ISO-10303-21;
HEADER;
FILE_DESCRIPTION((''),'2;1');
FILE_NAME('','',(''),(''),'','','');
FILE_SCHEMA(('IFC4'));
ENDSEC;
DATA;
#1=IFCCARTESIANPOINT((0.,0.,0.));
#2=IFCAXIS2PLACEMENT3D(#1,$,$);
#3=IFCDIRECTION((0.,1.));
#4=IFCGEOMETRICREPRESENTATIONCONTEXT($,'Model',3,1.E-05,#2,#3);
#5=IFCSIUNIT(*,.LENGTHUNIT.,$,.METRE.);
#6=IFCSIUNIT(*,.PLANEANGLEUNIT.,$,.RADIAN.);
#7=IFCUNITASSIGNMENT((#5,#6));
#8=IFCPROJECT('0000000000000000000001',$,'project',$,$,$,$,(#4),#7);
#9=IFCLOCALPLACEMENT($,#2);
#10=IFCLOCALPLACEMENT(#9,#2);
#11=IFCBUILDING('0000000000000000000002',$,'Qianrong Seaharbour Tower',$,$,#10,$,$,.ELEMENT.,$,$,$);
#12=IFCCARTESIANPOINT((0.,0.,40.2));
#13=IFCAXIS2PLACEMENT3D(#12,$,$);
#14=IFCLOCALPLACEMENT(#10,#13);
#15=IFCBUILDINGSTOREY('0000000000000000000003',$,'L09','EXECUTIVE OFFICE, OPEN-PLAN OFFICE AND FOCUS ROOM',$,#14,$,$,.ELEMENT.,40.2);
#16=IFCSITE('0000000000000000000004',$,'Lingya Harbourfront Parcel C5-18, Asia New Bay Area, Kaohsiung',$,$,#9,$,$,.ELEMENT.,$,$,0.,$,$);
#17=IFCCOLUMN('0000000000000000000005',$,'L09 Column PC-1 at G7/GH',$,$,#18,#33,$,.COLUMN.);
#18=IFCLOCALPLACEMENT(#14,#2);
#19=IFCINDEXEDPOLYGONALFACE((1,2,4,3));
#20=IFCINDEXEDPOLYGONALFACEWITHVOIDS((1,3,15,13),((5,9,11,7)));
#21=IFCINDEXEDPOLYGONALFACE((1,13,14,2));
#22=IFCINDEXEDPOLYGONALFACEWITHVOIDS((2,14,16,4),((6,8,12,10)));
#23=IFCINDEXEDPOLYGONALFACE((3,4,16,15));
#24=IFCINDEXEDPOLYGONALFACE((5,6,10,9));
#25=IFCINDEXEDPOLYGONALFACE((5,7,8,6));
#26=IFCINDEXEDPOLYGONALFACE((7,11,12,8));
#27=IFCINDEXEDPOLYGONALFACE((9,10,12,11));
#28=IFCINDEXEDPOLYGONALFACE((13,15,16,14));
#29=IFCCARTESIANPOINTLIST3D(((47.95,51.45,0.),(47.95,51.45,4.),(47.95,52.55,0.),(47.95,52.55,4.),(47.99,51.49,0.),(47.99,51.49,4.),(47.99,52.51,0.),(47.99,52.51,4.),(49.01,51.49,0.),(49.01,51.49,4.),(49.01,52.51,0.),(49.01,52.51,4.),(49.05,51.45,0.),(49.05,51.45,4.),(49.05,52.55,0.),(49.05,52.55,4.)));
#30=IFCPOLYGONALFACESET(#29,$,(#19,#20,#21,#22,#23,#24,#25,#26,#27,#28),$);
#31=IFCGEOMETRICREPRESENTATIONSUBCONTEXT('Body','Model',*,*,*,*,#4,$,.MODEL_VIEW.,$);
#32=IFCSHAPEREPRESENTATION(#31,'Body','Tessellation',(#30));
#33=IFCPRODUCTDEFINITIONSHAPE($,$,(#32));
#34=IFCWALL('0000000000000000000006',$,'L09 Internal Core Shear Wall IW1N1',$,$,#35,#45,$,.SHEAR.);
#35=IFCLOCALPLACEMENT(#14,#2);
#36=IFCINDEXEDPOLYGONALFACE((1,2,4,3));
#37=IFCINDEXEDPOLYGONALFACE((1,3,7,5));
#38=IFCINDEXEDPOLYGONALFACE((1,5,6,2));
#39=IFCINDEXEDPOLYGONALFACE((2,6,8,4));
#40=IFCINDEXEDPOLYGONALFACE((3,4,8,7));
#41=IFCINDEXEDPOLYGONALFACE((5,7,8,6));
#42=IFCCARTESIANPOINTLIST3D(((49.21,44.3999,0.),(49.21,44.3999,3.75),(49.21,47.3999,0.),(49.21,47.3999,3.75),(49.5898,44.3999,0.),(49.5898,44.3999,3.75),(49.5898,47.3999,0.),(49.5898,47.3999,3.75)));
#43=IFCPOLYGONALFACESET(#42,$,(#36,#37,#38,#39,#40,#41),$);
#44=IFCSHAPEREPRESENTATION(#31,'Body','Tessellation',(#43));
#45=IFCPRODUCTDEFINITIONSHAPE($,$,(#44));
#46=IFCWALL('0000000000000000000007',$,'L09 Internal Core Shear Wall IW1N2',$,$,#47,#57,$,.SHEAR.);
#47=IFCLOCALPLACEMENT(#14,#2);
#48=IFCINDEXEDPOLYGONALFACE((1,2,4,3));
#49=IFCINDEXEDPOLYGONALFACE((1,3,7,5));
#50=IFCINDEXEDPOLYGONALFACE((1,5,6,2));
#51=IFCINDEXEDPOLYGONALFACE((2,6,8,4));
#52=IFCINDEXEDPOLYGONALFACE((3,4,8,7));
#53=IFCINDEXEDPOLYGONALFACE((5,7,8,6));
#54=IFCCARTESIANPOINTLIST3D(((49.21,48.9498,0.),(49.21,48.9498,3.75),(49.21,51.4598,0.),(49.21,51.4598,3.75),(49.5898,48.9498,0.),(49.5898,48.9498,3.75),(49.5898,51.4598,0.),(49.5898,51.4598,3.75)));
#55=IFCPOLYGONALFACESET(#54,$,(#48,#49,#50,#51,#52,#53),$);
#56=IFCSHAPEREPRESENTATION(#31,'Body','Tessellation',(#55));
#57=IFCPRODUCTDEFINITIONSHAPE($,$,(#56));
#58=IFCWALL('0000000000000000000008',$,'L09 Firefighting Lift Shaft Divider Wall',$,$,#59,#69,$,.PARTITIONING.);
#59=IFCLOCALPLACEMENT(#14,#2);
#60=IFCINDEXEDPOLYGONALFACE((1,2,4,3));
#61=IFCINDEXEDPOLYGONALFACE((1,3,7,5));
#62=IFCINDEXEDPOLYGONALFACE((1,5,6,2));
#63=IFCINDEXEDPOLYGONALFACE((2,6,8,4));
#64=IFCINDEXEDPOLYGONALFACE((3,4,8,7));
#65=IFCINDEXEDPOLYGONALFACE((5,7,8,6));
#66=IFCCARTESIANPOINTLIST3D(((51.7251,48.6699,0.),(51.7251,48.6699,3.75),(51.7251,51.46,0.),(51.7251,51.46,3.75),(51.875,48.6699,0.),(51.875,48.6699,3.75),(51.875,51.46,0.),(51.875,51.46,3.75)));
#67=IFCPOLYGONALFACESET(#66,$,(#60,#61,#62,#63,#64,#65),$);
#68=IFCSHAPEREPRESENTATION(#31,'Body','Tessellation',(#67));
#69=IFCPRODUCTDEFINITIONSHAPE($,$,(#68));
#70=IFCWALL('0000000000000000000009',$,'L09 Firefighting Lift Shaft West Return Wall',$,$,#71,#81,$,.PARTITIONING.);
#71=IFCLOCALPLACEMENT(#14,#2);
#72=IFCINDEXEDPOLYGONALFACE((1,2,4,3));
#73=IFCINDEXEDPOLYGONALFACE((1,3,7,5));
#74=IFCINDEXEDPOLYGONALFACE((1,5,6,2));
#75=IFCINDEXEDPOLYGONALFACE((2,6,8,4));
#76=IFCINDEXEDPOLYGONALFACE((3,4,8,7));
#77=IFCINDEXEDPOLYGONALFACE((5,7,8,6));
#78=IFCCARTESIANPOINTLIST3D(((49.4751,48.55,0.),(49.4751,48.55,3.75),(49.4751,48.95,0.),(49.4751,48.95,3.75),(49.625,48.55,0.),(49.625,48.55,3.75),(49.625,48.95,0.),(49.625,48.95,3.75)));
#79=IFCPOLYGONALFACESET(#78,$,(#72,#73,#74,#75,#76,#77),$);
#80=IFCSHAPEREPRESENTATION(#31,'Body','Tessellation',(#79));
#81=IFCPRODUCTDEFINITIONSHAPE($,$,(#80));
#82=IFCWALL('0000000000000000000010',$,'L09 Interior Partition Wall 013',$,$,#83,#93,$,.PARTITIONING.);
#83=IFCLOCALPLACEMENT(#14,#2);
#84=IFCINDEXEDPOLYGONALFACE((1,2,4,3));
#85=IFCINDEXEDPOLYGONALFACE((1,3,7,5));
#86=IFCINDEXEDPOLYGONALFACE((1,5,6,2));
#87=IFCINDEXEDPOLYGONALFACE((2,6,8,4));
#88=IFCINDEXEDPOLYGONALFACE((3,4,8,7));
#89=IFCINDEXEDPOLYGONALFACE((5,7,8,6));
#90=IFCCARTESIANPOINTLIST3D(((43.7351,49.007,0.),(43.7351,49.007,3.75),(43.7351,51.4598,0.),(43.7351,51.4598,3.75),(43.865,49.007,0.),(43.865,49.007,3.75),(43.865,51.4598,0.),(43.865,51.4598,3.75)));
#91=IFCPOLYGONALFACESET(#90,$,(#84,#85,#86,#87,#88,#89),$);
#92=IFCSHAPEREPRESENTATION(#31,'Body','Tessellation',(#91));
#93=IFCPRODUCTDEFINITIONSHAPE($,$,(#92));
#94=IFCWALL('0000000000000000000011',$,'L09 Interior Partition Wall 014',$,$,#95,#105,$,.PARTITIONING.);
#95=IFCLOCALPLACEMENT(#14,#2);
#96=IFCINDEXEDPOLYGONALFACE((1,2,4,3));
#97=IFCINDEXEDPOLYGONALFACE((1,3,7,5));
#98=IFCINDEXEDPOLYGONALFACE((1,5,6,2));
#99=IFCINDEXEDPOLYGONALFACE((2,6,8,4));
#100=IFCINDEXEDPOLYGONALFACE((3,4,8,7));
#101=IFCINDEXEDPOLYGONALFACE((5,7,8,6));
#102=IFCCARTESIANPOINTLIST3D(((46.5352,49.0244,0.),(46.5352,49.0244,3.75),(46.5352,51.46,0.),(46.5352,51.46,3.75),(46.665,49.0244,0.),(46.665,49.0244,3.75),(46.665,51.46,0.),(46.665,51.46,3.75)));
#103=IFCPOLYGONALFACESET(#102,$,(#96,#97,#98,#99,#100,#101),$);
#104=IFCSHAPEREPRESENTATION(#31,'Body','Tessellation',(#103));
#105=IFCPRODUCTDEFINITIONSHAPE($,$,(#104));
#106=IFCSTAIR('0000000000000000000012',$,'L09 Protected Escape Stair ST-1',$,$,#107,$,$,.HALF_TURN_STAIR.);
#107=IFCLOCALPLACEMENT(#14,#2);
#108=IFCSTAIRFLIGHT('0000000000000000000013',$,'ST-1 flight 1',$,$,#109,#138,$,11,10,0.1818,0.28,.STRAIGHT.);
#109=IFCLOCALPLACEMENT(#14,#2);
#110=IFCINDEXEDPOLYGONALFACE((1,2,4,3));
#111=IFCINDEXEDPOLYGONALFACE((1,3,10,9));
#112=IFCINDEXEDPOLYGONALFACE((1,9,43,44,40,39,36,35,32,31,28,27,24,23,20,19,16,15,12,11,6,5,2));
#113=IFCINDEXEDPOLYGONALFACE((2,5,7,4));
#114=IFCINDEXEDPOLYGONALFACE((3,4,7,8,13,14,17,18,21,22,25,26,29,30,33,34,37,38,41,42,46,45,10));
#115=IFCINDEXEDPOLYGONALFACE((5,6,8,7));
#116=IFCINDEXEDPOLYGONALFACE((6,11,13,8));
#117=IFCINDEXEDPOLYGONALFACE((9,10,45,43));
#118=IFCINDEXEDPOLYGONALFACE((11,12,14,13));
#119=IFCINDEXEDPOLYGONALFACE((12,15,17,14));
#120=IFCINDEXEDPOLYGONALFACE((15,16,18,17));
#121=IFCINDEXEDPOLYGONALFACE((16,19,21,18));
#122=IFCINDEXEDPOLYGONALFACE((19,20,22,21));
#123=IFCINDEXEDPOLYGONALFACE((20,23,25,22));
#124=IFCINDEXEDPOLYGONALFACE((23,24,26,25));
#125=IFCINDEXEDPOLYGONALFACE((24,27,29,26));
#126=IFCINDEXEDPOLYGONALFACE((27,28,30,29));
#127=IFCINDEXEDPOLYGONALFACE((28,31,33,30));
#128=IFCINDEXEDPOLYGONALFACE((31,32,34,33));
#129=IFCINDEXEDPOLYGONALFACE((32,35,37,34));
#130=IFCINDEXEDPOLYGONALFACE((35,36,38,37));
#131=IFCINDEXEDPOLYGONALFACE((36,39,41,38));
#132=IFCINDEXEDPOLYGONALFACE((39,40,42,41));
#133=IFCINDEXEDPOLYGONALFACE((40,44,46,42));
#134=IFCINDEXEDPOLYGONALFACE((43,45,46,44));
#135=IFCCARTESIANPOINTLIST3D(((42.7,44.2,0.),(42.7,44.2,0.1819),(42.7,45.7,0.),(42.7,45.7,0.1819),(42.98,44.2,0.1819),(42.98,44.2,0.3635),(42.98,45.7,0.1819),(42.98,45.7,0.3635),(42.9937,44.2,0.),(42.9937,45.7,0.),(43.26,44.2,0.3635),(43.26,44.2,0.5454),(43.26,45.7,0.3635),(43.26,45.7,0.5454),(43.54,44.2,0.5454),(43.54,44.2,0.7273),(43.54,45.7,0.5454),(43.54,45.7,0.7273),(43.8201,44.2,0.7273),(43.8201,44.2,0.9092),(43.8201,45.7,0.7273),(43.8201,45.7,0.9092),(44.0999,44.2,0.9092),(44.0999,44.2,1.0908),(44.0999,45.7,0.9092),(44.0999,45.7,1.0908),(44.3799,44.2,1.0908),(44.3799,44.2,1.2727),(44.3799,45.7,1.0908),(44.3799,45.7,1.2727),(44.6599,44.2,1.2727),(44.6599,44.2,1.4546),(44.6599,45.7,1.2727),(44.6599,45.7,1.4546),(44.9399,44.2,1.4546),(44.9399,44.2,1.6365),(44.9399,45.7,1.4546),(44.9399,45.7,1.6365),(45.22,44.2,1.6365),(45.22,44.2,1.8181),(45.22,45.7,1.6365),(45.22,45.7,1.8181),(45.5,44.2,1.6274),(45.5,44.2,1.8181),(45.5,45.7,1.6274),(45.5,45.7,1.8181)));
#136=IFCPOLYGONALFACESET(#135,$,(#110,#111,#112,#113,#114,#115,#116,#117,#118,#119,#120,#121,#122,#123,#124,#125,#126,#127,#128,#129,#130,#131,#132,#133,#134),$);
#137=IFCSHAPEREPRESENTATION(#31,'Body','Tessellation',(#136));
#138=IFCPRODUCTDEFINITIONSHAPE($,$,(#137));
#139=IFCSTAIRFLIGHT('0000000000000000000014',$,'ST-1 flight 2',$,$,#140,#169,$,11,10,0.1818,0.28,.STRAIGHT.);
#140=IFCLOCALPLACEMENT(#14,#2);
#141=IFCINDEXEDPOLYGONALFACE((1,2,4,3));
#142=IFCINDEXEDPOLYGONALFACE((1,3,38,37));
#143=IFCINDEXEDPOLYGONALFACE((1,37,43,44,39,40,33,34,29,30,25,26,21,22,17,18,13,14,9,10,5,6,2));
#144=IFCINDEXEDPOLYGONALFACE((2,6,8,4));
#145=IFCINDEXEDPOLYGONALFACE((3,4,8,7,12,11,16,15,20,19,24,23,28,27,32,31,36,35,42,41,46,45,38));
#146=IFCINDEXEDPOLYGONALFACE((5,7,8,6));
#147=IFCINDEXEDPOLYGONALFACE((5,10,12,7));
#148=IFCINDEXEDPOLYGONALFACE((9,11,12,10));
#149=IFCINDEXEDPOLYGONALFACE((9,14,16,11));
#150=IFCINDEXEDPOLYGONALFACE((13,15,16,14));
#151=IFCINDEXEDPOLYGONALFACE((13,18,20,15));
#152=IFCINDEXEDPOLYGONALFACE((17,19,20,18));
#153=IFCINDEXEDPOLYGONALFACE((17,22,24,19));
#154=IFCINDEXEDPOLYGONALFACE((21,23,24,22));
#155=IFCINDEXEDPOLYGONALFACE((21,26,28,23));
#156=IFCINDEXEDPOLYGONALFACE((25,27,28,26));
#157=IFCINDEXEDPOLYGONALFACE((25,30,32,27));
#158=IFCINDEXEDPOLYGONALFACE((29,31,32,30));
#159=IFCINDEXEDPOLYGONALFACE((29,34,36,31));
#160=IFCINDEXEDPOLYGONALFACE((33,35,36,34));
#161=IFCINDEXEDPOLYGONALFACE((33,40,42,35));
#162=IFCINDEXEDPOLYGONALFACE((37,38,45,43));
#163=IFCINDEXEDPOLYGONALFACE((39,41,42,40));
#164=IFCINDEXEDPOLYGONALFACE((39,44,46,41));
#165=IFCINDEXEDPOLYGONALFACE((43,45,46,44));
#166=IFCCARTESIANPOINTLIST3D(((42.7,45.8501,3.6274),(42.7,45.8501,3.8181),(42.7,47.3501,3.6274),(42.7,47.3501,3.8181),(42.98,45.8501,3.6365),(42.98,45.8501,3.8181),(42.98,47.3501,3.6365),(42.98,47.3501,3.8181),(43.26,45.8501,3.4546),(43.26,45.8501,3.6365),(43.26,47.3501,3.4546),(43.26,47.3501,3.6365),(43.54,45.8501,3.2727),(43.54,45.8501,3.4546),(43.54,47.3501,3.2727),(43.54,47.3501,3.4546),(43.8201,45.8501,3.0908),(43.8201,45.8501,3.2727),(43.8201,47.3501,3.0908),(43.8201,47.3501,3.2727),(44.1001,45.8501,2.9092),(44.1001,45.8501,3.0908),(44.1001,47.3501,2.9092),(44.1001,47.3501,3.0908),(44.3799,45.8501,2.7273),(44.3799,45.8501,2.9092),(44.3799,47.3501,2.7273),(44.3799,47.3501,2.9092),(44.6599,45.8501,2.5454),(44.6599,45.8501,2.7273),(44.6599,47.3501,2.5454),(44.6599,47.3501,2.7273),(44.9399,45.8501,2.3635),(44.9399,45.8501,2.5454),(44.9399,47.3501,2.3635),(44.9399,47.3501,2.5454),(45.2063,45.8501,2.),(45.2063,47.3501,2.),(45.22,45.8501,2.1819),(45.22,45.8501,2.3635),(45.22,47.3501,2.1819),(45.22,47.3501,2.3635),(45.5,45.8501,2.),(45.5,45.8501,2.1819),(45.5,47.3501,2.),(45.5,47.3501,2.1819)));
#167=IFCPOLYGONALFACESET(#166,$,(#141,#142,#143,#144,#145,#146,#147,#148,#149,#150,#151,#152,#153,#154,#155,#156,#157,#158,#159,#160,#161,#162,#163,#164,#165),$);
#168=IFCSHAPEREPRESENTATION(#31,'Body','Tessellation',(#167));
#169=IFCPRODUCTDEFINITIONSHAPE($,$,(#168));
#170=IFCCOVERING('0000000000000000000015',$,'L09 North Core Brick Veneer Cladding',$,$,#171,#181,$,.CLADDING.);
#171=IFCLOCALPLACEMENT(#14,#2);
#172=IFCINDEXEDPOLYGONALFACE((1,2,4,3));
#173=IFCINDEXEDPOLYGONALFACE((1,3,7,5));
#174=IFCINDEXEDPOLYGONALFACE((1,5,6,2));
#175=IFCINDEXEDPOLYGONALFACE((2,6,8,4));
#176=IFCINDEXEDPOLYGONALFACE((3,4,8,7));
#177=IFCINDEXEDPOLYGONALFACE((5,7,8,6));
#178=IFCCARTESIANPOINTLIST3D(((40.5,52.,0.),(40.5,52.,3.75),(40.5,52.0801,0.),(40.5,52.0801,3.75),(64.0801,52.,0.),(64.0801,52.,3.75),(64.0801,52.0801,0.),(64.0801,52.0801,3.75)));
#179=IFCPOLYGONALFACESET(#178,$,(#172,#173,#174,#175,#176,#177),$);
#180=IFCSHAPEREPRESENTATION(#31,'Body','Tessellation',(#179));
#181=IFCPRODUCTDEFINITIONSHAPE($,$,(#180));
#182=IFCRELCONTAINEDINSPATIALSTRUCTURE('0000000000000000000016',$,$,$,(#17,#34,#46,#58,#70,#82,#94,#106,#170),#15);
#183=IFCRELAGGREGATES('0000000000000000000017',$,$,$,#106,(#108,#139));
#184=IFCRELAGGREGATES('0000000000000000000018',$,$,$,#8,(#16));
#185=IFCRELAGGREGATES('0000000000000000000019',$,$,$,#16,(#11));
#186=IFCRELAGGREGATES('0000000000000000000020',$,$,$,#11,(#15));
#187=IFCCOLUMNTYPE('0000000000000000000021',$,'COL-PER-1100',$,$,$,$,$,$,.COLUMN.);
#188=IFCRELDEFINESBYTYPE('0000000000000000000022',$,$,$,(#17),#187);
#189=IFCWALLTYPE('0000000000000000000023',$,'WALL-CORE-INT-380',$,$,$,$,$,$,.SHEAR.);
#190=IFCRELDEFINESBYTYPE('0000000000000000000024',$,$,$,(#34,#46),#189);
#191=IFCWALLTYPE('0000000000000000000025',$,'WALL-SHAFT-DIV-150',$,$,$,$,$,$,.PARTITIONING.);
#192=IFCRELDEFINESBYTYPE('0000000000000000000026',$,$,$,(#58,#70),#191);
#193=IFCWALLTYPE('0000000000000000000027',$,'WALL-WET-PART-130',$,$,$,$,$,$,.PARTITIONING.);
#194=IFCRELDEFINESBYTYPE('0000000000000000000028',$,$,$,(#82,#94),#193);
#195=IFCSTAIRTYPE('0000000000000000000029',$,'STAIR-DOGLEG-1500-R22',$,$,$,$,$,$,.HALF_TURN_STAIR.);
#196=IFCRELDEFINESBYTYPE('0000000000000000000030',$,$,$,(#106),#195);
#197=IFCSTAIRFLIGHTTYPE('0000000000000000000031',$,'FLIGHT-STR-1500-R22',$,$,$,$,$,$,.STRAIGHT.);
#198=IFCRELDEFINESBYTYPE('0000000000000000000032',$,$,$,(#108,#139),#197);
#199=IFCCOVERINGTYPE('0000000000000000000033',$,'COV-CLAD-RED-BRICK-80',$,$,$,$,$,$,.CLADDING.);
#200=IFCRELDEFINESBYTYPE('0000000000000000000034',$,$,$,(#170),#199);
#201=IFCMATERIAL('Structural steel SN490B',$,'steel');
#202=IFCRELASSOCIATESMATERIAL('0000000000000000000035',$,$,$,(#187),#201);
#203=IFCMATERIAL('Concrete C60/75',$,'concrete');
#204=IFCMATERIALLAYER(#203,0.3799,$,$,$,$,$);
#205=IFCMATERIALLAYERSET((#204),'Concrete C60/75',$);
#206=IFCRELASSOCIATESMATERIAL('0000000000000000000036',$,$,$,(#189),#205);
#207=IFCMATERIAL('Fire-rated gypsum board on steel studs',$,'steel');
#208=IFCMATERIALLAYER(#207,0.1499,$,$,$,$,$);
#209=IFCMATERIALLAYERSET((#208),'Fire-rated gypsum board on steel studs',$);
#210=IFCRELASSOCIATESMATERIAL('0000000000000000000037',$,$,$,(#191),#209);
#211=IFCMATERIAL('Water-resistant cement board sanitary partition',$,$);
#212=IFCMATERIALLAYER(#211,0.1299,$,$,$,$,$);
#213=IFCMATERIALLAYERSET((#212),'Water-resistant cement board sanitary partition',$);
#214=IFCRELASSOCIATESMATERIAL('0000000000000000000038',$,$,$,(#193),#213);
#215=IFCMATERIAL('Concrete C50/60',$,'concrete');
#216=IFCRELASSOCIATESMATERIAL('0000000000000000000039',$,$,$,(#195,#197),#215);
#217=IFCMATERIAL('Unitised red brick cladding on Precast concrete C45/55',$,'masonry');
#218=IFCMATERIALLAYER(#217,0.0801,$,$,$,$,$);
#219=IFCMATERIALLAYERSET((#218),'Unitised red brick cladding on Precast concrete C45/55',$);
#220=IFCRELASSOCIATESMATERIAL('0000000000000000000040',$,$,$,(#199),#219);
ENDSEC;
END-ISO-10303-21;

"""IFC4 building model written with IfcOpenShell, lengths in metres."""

from ifc_helpers import new_model, si_unit, direction, frame, frame_2d, origin, origin_2d, place, context, subcontext, project, spatial, polyline, rectangle, hollow_rectangle, outline, extrude, material, layer, layer_set, material_profile, profile_set, type_object, element, aggregate, save


model = new_model("IFC4")

# Units and contexts
model_context = context("Model", 3, precision=1e-05, world=origin(), true_north=direction((0.0, 1.0)))
body_context = subcontext(model_context, "Body", "Model", "MODEL_VIEW")
ifc_project = project(units=[si_unit("LENGTHUNIT", "METRE"), si_unit("PLANEANGLEUNIT", "RADIAN")], contexts=[model_context])

# Site, building, storey
site_placement = place(None, origin())
site = spatial("IfcSite", under=ifc_project, at=site_placement, Name="Lingya Harbourfront Parcel C5-18, Asia New Bay Area, Kaohsiung", CompositionType="ELEMENT", RefElevation=0.0)
building_placement = place(site_placement, origin())
building = spatial("IfcBuilding", under=site, at=building_placement, Name="Qianrong Seaharbour Tower", CompositionType="ELEMENT")
storey_placement = place(building_placement, frame((0.0, 0.0, 40.2)))
storey = spatial("IfcBuildingStorey", under=building, at=storey_placement, Name="L09", Description="EXECUTIVE OFFICE, OPEN-PLAN OFFICE AND FOCUS ROOM", CompositionType="ELEMENT", Elevation=40.2)

# Column
ifc_material_1 = material(Name="Structural steel SN490B", Category="steel")
ifc_material_profile = material_profile(ifc_material_1, hollow_rectangle(XDim=1.1001, YDim=1.1001, WallThickness=0.04, at=origin_2d()), Name="BOX1100x1100x40")
ifc_profile_set = profile_set([ifc_material_profile], Name="Structural steel SN490B")
column_type = type_object("IfcColumnType", Name="COL-PER-1100", PredefinedType="COLUMN", material=ifc_profile_set)
column_placement = place(storey_placement, frame((48.5, 52.0, 0.0), z_axis=(0.0, 0.0, 1.0), x_axis=(1.0, 0.0, 0.0)))
element("IfcColumn", 1, at=column_placement, inside=storey, type_object=column_type, Name="L09 Column PC-1 at G7/GH", PredefinedType="COLUMN", context=body_context, shape_type="SweptSolid", body=[
    extrude(hollow_rectangle(XDim=1.1001, YDim=1.1001, WallThickness=0.04, at=origin_2d()), origin(), (0.0, 0.0, 1.0), 4.0),
])

# Walls
ifc_material_2 = material(Name="Concrete C60/75", Category="concrete")
ifc_layer_1 = layer(ifc_material_2, 0.3799)
ifc_layer_set_1 = layer_set([ifc_layer_1], Name="Concrete C60/75")
wall_type_1 = type_object("IfcWallType", Name="WALL-CORE-INT-380", PredefinedType="SHEAR", material=ifc_layer_set_1)
wall_1_placement = place(storey_placement, frame((49.3999, 44.3999, 0.0), z_axis=(0.0, 0.0, 1.0), x_axis=(0.0, 1.0, 0.0)))
element("IfcWall", 2, at=wall_1_placement, inside=storey, type_object=wall_type_1, Name="L09 Internal Core Shear Wall IW1N1", PredefinedType="SHEAR", context=body_context, shape_type="SweptSolid", body=[
    extrude(rectangle(XDim=3.0, YDim=0.3799, at=frame_2d((1.5, 0.0))), origin(), (0.0, 0.0, 1.0), 3.75),
])
wall_2_placement = place(storey_placement, frame((49.3999, 48.95, 0.0), z_axis=(0.0, 0.0, 1.0), x_axis=(0.0, 1.0, 0.0)))
element("IfcWall", 3, at=wall_2_placement, inside=storey, type_object=wall_type_1, Name="L09 Internal Core Shear Wall IW1N2", PredefinedType="SHEAR", context=body_context, shape_type="SweptSolid", body=[
    extrude(rectangle(XDim=2.51, YDim=0.3799, at=frame_2d((1.2549, 0.0))), origin(), (0.0, 0.0, 1.0), 3.75),
])

# Walls
ifc_material_3 = material(Name="Fire-rated gypsum board on steel studs", Category="steel")
ifc_layer_2 = layer(ifc_material_3, 0.1499)
ifc_layer_set_2 = layer_set([ifc_layer_2], Name="Fire-rated gypsum board on steel studs")
wall_type_2 = type_object("IfcWallType", Name="WALL-SHAFT-DIV-150", PredefinedType="PARTITIONING", material=ifc_layer_set_2)
wall_3_placement = place(storey_placement, frame((51.8, 48.6699, 0.0), z_axis=(0.0, 0.0, 1.0), x_axis=(0.0, 1.0, 0.0)))
element("IfcWall", 4, at=wall_3_placement, inside=storey, type_object=wall_type_2, Name="L09 Firefighting Lift Shaft Divider Wall", PredefinedType="PARTITIONING", context=body_context, shape_type="SweptSolid", body=[
    extrude(rectangle(XDim=2.79, YDim=0.1499, at=frame_2d((1.395, 0.0))), origin(), (0.0, 0.0, 1.0), 3.75),
])
wall_4_placement = place(storey_placement, frame((49.55, 48.55, 0.0), z_axis=(0.0, 0.0, 1.0), x_axis=(0.0, 1.0, 0.0)))
element("IfcWall", 5, at=wall_4_placement, inside=storey, type_object=wall_type_2, Name="L09 Firefighting Lift Shaft West Return Wall", PredefinedType="PARTITIONING", context=body_context, shape_type="SweptSolid", body=[
    extrude(rectangle(XDim=0.3999, YDim=0.1499, at=frame_2d((0.2, 0.0))), origin(), (0.0, 0.0, 1.0), 3.75),
])

# Shared definitions
ifc_material_4 = material(Name="Water-resistant cement board sanitary partition")
ifc_layer_3 = layer(ifc_material_4, 0.1299)
ifc_layer_set_3 = layer_set([ifc_layer_3], Name="Water-resistant cement board sanitary partition")
wall_type_3 = type_object("IfcWallType", Name="WALL-WET-PART-130", PredefinedType="PARTITIONING", material=ifc_layer_set_3)

# Walls
wall_5_placement = place(storey_placement, frame((43.8, 51.46, 0.0), z_axis=(0.0, 0.0, 1.0), x_axis=(0.0, -1.0, 0.0)))
element("IfcWall", 6, at=wall_5_placement, inside=storey, type_object=wall_type_3, Name="L09 Interior Partition Wall 013", PredefinedType="PARTITIONING", context=body_context, shape_type="SweptSolid", body=[
    extrude(rectangle(XDim=2.4529, YDim=0.1299, at=frame_2d((1.2266, 0.0))), origin(), (0.0, 0.0, 1.0), 3.75),
])
wall_6_placement = place(storey_placement, frame((46.6001, 51.46, 0.0), z_axis=(0.0, 0.0, 1.0), x_axis=(0.0, -1.0, 0.0)))
element("IfcWall", 7, at=wall_6_placement, inside=storey, type_object=wall_type_3, Name="L09 Interior Partition Wall 014", PredefinedType="PARTITIONING", context=body_context, shape_type="SweptSolid", body=[
    extrude(rectangle(XDim=2.4355, YDim=0.1299, at=frame_2d((1.2178, 0.0))), origin(), (0.0, 0.0, 1.0), 3.75),
])

# Stair, stair flights
ifc_material_5 = material(Name="Concrete C50/60", Category="concrete")
stair_type = type_object("IfcStairType", Name="STAIR-DOGLEG-1500-R22", PredefinedType="HALF_TURN_STAIR", material=ifc_material_5)
stair_placement = place(storey_placement, origin())
stair = element("IfcStair", 8, at=stair_placement, inside=storey, type_object=stair_type, Name="L09 Protected Escape Stair ST-1", PredefinedType="HALF_TURN_STAIR")
stair_flight_type = type_object("IfcStairFlightType", Name="FLIGHT-STR-1500-R22", PredefinedType="STRAIGHT", material=ifc_material_5)
stair_flight_1_placement = place(storey_placement, frame((42.7, 44.95, 0.0), z_axis=(0.0, 0.0, 1.0), x_axis=(1.0, 0.0, 0.0)))
stair_flight_1 = element("IfcStairFlight", 9, at=stair_flight_1_placement, type_object=stair_flight_type, Name="ST-1 flight 1", NumberOfRisers=11, NumberOfTreads=10, PredefinedType="STRAIGHT", RiserHeight=0.1818, TreadLength=0.28, context=body_context, shape_type="SweptSolid", body=[
    extrude(outline(polyline([(0.0, 0.0), (0.0, 0.1819), (0.28, 0.1819), (0.28, 0.3635), (0.5601, 0.3635), (0.5601, 0.5454), (0.8401, 0.5454), (0.8401, 0.7273), (1.1201, 0.7273), (1.1201, 0.9092), (1.3999, 0.9092), (1.3999, 1.0908), (1.6799, 1.0908), (1.6799, 1.2727), (1.96, 1.2727), (1.96, 1.4546), (2.24, 1.4546), (2.24, 1.6365), (2.52, 1.6365), (2.52, 1.8181), (2.8, 1.8181), (2.8, 2.0), (2.8, 1.6274), (0.2937, 0.0), (0.0, 0.0)])), frame((0.0, 0.75, 0.0), z_axis=(0.0, -1.0, 0.0), x_axis=(1.0, 0.0, 0.0)), (0.0, 0.0, 1.0), 1.5),
])
stair_flight_2_placement = place(storey_placement, frame((45.5, 46.6001, 2.0), z_axis=(0.0, 0.0, 1.0), x_axis=(-1.0, 0.0, 0.0)))
stair_flight_2 = element("IfcStairFlight", 10, at=stair_flight_2_placement, type_object=stair_flight_type, Name="ST-1 flight 2", NumberOfRisers=11, NumberOfTreads=10, PredefinedType="STRAIGHT", RiserHeight=0.1818, TreadLength=0.28, context=body_context, shape_type="SweptSolid", body=[
    extrude(outline(polyline([(0.0, 0.0), (0.0, 0.1819), (0.28, 0.1819), (0.28, 0.3635), (0.5601, 0.3635), (0.5601, 0.5454), (0.8401, 0.5454), (0.8401, 0.7273), (1.1201, 0.7273), (1.1201, 0.9092), (1.3999, 0.9092), (1.3999, 1.0908), (1.6799, 1.0908), (1.6799, 1.2727), (1.96, 1.2727), (1.96, 1.4546), (2.24, 1.4546), (2.24, 1.6365), (2.52, 1.6365), (2.52, 1.8181), (2.8, 1.8181), (2.8, 2.0), (2.8, 1.6274), (0.2937, 0.0), (0.0, 0.0)])), frame((0.0, 0.75, 0.0), z_axis=(0.0, -1.0, 0.0), x_axis=(1.0, 0.0, 0.0)), (0.0, 0.0, 1.0), 1.5),
])
aggregate(stair, [stair_flight_1, stair_flight_2])

# Covering
ifc_material_6 = material(Name="Unitised red brick cladding on Precast concrete C45/55", Category="masonry")
ifc_layer_4 = layer(ifc_material_6, 0.0801)
ifc_layer_set_4 = layer_set([ifc_layer_4], Name="Unitised red brick cladding on Precast concrete C45/55")
covering_type = type_object("IfcCoveringType", Name="COV-CLAD-RED-BRICK-80", PredefinedType="CLADDING", material=ifc_layer_set_4)
covering_placement = place(storey_placement, frame((52.29, 52.04, 0.0), z_axis=(0.0, 0.0, 1.0), x_axis=(1.0, 0.0, 0.0)))
element("IfcCovering", 11, at=covering_placement, inside=storey, type_object=covering_type, Name="L09 North Core Brick Veneer Cladding", PredefinedType="CLADDING", context=body_context, shape_type="SweptSolid", body=[
    extrude(rectangle(XDim=23.5801, YDim=0.0801, at=origin_2d()), origin(), (0.0, 0.0, 1.0), 3.75),
])

save(model, "model.ifc")
